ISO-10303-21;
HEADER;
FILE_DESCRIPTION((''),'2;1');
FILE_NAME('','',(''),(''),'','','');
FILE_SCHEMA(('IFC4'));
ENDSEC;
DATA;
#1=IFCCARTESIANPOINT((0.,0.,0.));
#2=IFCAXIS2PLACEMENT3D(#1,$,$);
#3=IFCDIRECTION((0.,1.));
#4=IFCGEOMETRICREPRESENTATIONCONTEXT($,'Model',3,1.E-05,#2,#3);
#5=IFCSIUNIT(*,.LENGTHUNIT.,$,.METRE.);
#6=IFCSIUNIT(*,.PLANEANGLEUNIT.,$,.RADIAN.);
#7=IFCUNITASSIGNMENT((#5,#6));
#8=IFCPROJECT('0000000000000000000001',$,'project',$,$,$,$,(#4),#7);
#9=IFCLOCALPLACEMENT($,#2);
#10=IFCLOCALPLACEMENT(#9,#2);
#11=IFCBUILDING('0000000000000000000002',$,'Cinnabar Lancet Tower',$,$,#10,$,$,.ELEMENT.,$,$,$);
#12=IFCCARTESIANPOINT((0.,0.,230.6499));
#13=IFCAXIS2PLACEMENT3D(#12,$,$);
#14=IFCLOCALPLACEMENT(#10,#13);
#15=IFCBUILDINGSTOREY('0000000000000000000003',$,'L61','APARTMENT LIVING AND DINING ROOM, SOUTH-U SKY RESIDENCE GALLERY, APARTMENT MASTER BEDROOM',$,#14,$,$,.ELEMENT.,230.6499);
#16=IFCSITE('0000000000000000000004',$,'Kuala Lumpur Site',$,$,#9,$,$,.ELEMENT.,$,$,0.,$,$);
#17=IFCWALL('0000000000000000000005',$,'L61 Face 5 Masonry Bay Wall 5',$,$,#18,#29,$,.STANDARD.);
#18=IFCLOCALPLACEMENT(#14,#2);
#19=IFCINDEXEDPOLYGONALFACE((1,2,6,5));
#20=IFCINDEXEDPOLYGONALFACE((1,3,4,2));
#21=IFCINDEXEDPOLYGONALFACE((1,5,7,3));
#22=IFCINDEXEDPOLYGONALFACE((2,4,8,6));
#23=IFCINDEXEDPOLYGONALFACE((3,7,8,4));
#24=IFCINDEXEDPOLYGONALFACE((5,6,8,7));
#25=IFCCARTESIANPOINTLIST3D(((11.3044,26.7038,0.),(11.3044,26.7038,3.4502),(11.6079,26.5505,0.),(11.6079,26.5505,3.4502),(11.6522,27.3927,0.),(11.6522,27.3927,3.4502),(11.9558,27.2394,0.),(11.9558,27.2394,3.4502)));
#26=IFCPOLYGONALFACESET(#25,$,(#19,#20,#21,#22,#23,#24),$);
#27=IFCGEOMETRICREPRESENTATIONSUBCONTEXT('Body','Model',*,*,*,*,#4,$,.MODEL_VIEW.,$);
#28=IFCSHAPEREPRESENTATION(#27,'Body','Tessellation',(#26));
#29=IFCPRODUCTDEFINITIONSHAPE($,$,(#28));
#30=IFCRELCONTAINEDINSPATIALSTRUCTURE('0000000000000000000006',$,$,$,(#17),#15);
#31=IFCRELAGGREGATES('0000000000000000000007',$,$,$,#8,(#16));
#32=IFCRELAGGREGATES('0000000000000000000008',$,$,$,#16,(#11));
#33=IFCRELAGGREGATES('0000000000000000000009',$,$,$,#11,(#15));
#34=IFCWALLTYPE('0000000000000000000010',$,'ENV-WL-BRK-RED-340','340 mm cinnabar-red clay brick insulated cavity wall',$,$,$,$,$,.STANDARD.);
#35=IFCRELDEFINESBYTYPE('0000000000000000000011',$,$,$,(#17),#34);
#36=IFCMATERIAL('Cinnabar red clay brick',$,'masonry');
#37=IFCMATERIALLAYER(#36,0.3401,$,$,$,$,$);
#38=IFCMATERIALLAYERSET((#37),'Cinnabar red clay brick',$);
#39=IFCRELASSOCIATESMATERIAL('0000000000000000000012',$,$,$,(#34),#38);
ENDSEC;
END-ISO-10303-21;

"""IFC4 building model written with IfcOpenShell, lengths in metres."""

from ifc_helpers import new_model, si_unit, direction, frame, frame_2d, origin, place, context, subcontext, project, spatial, rectangle, extrude, material, layer, layer_set, type_object, element, save


model = new_model("IFC4")

# Units and contexts
model_context = context("Model", 3, precision=1e-05, world=origin(), true_north=direction((0.0, 1.0)))
body_context = subcontext(model_context, "Body", "Model", "MODEL_VIEW")
ifc_project = project(units=[si_unit("LENGTHUNIT", "METRE"), si_unit("PLANEANGLEUNIT", "RADIAN")], contexts=[model_context])

# Site, building, storey
site_placement = place(None, origin())
site = spatial("IfcSite", under=ifc_project, at=site_placement, Name="Kuala Lumpur Site", CompositionType="ELEMENT", RefElevation=0.0)
building_placement = place(site_placement, origin())
building = spatial("IfcBuilding", under=site, at=building_placement, Name="Cinnabar Lancet Tower", CompositionType="ELEMENT")
storey_placement = place(building_placement, frame((0.0, 0.0, 230.6499)))
storey = spatial("IfcBuildingStorey", under=building, at=storey_placement, Name="L61", Description="APARTMENT LIVING AND DINING ROOM, SOUTH-U SKY RESIDENCE GALLERY, APARTMENT MASTER BEDROOM", CompositionType="ELEMENT", Elevation=230.6499)

# Shared definitions
ifc_material_1 = material(Name="Cinnabar red clay brick", Category="masonry")
ifc_layer_1 = layer(ifc_material_1, 0.3401)
ifc_layer_set_1 = layer_set([ifc_layer_1], Name="Cinnabar red clay brick")
wall_type_1 = type_object("IfcWallType", Name="ENV-WL-BRK-RED-340", Description="340 mm cinnabar-red clay brick insulated cavity wall", PredefinedType="STANDARD", material=ifc_layer_set_1)

# Wall
wall_1_placement = place(storey_placement, frame((11.804, 27.3159, 0.0), z_axis=(0.0, 0.0, 1.0), x_axis=(-0.450753, -0.892649, 0.0)))
element("IfcWall", 1, at=wall_1_placement, inside=storey, type_object=wall_type_1, Name="L61 Face 5 Masonry Bay Wall 5", PredefinedType="STANDARD", context=body_context, shape_type="SweptSolid", body=[
    extrude(rectangle(XDim=0.7717, YDim=0.3401, at=frame_2d((0.3857, 0.0))), origin(), (0.0, 0.0, 1.0), 3.4502),
])

save(model, "model.ifc")
